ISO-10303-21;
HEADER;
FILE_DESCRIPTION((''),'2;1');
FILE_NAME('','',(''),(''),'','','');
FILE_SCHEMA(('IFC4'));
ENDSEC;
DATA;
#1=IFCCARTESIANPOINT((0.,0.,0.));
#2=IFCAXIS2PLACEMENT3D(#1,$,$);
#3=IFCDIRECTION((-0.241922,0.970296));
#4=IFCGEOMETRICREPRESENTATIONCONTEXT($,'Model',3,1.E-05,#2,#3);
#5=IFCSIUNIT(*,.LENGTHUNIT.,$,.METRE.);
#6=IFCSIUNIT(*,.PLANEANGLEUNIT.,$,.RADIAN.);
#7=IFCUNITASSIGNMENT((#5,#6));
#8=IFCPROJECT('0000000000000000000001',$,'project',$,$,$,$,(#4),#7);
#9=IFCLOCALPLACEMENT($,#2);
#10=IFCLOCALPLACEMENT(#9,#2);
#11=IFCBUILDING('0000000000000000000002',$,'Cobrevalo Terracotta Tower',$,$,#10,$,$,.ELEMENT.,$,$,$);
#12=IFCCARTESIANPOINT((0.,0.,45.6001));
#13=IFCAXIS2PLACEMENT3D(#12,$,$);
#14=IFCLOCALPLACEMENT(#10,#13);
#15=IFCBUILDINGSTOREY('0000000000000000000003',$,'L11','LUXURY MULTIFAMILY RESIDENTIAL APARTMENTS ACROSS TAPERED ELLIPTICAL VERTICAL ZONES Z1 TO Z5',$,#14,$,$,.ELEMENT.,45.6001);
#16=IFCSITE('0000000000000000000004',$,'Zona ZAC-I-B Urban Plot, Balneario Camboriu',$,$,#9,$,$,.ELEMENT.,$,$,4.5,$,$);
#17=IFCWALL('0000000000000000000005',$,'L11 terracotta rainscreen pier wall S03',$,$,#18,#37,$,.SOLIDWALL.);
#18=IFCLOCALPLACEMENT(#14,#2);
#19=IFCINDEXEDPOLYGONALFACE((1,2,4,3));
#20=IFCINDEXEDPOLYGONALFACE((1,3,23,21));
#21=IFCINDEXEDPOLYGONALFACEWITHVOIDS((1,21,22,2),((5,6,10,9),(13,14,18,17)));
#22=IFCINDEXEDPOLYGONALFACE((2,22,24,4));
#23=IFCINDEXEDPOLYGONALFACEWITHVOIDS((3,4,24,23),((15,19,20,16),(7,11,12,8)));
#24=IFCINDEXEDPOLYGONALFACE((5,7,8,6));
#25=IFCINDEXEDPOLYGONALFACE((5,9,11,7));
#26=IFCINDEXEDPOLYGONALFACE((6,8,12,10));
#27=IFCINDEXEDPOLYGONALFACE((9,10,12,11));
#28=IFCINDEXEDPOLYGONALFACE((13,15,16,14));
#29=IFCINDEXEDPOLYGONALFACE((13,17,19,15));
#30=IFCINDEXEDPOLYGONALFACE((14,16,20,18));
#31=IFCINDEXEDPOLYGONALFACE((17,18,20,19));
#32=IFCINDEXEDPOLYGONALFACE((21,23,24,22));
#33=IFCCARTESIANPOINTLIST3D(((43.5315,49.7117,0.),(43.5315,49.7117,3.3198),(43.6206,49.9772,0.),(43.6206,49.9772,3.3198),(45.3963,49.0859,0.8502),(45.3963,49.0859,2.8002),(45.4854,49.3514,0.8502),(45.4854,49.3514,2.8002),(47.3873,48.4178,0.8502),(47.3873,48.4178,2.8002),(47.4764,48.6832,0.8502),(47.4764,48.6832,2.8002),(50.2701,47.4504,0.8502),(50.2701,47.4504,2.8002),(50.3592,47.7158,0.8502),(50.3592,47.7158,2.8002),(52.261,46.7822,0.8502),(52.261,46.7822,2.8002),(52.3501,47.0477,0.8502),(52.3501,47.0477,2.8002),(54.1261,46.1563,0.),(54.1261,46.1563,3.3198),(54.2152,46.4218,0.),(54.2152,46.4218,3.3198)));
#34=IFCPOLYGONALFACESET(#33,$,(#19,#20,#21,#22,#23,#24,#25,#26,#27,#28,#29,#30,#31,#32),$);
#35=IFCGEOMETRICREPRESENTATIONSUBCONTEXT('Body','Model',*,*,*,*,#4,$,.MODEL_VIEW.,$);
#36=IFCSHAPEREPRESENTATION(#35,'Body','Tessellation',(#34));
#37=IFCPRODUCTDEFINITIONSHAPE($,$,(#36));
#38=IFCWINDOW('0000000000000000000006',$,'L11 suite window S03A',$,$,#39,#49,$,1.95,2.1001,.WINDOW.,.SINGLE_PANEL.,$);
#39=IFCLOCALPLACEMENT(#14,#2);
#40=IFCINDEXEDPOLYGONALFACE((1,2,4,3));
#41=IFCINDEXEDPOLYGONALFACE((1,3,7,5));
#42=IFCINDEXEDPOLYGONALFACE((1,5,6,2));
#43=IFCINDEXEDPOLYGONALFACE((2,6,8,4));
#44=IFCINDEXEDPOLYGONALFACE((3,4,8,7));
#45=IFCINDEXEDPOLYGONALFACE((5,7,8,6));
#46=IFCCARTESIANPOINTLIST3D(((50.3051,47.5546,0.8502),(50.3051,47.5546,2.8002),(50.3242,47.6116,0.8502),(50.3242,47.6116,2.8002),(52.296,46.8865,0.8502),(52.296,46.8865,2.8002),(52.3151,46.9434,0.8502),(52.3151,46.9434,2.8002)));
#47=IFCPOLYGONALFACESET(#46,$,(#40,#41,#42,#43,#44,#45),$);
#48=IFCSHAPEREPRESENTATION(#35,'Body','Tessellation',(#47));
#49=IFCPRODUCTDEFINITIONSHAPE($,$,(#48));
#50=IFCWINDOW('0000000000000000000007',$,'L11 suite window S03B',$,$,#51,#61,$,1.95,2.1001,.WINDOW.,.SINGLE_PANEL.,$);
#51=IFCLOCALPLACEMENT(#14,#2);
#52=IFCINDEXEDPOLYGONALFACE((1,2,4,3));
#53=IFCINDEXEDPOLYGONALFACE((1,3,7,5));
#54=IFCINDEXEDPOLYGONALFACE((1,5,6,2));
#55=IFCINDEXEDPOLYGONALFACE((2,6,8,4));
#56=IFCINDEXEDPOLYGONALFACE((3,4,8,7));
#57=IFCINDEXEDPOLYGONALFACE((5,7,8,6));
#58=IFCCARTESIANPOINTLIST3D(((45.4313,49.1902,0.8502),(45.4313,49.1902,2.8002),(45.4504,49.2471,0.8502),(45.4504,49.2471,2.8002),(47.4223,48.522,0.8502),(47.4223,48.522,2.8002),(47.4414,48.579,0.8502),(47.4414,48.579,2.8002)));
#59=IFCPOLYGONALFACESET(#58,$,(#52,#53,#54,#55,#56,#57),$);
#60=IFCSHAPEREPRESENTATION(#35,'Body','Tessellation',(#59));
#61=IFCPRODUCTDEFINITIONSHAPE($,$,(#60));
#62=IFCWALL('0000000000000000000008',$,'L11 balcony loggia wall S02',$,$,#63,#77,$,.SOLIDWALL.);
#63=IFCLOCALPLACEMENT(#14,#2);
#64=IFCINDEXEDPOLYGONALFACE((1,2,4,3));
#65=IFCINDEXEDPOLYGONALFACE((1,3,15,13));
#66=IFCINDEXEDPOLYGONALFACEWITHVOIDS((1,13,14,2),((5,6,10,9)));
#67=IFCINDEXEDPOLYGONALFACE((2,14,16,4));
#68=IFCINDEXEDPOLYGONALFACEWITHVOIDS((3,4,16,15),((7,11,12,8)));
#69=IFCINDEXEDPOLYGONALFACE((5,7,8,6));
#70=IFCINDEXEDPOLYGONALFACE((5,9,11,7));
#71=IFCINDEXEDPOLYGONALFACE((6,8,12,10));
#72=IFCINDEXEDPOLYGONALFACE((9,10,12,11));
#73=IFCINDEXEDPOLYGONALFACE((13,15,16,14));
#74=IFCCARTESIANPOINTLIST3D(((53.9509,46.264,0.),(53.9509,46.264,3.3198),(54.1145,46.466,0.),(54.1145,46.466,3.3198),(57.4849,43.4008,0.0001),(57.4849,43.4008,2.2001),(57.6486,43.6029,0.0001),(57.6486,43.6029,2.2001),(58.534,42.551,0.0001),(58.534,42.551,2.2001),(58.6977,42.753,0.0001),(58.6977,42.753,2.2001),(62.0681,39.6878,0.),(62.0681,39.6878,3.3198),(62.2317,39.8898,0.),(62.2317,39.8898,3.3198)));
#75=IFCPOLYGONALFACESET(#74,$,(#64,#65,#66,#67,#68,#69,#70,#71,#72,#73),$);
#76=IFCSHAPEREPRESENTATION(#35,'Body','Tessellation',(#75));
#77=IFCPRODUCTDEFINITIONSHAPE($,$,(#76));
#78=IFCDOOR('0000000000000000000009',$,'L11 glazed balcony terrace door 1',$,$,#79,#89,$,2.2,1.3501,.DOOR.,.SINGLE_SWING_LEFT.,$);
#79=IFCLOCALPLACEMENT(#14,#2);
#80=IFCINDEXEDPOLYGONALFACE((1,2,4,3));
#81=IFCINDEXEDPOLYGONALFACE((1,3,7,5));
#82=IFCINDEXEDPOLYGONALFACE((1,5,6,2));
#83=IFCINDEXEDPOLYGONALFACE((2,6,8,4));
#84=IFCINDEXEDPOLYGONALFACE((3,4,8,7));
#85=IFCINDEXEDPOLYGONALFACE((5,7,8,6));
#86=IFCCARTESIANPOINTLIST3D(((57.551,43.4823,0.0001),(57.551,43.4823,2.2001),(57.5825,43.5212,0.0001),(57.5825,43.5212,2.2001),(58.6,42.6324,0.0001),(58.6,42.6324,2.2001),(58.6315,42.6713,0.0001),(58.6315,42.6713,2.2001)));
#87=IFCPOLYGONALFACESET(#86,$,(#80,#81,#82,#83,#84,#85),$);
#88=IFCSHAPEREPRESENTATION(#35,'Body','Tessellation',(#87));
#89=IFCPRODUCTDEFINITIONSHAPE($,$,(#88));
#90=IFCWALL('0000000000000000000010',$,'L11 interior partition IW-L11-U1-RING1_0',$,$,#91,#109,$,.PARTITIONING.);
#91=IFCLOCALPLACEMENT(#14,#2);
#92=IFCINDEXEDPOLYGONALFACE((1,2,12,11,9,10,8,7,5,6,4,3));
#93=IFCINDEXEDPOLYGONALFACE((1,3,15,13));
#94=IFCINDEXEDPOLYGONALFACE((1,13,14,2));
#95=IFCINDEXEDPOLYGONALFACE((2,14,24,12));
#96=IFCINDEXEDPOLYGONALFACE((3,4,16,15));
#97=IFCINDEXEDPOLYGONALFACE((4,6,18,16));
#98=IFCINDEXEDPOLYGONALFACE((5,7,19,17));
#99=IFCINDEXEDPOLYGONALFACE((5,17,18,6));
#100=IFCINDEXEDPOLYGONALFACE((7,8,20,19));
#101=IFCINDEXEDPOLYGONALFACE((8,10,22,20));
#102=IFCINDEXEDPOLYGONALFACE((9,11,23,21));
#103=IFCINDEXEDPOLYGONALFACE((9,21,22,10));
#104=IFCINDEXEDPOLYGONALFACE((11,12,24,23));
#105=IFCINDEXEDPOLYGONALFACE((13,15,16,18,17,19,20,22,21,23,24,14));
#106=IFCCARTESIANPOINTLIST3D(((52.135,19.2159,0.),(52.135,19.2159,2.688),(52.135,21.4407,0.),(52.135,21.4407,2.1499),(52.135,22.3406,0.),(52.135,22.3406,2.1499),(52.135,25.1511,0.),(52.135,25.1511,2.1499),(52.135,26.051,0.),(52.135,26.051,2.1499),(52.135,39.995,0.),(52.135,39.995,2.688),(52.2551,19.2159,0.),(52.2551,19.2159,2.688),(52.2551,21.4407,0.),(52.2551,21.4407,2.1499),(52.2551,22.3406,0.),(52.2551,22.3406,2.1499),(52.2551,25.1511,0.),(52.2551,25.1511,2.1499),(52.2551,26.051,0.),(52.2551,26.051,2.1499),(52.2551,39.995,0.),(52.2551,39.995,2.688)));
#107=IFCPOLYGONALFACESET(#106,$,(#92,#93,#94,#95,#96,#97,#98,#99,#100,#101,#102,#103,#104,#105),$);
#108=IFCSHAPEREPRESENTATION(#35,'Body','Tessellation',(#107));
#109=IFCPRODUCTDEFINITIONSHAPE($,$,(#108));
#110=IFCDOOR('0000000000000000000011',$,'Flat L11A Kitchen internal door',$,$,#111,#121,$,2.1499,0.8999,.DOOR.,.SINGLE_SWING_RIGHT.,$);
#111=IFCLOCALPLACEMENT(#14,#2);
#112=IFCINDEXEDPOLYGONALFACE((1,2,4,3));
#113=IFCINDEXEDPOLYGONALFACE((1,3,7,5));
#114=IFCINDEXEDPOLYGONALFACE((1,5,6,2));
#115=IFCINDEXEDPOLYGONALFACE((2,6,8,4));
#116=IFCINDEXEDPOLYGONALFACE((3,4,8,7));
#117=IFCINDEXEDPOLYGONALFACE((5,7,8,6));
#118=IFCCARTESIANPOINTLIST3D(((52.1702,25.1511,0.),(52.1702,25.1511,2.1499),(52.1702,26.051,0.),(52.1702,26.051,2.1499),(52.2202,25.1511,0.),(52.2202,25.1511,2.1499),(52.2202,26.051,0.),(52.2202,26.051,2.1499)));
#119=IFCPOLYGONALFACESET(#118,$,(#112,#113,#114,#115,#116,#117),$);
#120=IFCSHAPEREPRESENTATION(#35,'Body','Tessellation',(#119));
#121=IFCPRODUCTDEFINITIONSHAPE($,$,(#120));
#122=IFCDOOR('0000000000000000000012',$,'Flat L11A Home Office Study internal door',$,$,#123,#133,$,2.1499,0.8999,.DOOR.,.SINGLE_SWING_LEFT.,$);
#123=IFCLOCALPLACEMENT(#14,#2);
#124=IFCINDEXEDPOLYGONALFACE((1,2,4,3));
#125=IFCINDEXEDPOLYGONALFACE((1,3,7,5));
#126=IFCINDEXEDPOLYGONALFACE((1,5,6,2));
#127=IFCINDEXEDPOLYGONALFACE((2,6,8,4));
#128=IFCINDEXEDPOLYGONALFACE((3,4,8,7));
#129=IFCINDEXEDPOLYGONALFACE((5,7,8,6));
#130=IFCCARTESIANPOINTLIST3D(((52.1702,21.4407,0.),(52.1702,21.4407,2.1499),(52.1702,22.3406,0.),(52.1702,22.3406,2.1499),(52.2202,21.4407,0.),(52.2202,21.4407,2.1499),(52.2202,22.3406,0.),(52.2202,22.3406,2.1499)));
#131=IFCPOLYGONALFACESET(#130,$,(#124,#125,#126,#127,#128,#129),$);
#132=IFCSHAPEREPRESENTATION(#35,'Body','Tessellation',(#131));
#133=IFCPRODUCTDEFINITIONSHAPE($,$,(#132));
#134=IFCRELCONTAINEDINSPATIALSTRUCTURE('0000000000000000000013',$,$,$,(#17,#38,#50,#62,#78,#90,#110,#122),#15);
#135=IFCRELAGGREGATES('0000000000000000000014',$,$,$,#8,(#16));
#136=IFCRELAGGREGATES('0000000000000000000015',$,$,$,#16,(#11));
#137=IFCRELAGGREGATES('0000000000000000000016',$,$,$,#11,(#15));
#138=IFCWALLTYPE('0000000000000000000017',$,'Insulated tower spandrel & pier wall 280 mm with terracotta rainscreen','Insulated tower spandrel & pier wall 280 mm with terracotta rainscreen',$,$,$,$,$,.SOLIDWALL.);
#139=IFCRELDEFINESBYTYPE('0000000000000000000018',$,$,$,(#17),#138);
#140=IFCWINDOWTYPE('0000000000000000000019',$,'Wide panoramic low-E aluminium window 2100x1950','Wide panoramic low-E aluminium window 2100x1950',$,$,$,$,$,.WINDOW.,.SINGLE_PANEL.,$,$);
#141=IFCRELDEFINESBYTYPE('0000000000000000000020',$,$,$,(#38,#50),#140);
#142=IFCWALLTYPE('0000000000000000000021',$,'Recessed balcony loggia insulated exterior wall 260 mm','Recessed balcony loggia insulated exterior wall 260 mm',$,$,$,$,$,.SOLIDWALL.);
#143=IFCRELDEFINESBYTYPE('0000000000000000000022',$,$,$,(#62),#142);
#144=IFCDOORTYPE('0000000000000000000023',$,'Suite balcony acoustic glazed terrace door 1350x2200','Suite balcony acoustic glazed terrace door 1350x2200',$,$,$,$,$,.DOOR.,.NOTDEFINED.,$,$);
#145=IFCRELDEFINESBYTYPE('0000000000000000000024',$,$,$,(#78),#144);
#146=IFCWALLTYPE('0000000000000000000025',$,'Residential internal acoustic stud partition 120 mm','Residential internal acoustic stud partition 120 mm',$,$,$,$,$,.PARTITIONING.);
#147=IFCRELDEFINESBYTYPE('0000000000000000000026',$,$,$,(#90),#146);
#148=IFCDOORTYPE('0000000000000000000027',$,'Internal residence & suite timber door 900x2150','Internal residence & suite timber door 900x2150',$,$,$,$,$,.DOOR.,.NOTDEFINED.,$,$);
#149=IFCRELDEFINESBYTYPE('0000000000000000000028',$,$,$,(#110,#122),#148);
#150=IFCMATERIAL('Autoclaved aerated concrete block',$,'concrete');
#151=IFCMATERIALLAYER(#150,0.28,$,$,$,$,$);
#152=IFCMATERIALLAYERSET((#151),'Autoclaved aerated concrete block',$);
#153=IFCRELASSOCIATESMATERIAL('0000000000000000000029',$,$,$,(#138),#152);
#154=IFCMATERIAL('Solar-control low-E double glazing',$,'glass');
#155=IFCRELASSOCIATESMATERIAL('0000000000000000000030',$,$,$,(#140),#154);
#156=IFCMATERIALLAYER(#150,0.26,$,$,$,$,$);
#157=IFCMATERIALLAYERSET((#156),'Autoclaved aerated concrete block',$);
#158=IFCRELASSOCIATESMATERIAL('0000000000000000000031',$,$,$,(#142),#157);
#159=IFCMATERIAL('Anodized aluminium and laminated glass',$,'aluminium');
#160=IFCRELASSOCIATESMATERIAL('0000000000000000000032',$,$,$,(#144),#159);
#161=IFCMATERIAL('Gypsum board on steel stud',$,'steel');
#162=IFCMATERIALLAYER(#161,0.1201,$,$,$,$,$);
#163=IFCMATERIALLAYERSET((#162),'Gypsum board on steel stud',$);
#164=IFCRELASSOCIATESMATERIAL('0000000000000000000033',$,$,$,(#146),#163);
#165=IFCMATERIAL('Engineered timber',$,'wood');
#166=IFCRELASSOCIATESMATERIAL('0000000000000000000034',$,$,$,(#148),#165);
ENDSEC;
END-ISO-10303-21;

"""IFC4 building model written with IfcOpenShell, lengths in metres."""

from ifc_helpers import new_model, si_unit, direction, frame, frame_2d, origin, place, context, subcontext, project, spatial, rectangle, extrude, source, transform, mapped, material, layer, layer_set, type_object, element, fill, save


model = new_model("IFC4")

# Units and contexts
model_context = context("Model", 3, precision=1e-05, world=origin(), true_north=direction((-0.241922, 0.970296)))
body_context = subcontext(model_context, "Body", "Model", "MODEL_VIEW")
ifc_project = project(units=[si_unit("LENGTHUNIT", "METRE"), si_unit("PLANEANGLEUNIT", "RADIAN")], contexts=[model_context])

# Site, building, storey
site_placement = place(None, origin())
site = spatial("IfcSite", under=ifc_project, at=site_placement, Name="Zona ZAC-I-B Urban Plot, Balneario Camboriu", CompositionType="ELEMENT", RefElevation=4.5)
building_placement = place(site_placement, origin())
building = spatial("IfcBuilding", under=site, at=building_placement, Name="Cobrevalo Terracotta Tower", CompositionType="ELEMENT")
storey_placement = place(building_placement, frame((0.0, 0.0, 45.6001)))
storey = spatial("IfcBuildingStorey", under=building, at=storey_placement, Name="L11", Description="LUXURY MULTIFAMILY RESIDENTIAL APARTMENTS ACROSS TAPERED ELLIPTICAL VERTICAL ZONES Z1 TO Z5", CompositionType="ELEMENT", Elevation=45.6001)

# Shared definitions
ifc_material_1 = material(Name="Solar-control low-E double glazing", Category="glass")

# Wall, openings, windows
ifc_material_2 = material(Name="Autoclaved aerated concrete block", Category="concrete")
ifc_layer_1 = layer(ifc_material_2, 0.28)
ifc_layer_set_1 = layer_set([ifc_layer_1], Name="Autoclaved aerated concrete block")
wall_type_1 = type_object("IfcWallType", Name="Insulated tower spandrel & pier wall 280 mm with terracotta rainscreen", Description="Insulated tower spandrel & pier wall 280 mm with terracotta rainscreen", PredefinedType="SOLIDWALL", material=ifc_layer_set_1)
wall_1_placement = place(storey_placement, frame((54.1707, 46.2891, 0.0), z_axis=(0.0, 0.0, 1.0), x_axis=(-0.948041, 0.318147, 0.0)))
wall_1 = element("IfcWall", 1, at=wall_1_placement, inside=storey, type_object=wall_type_1, Name="L11 terracotta rainscreen pier wall S03", PredefinedType="SOLIDWALL", context=body_context, shape_type="SweptSolid", body=[
    extrude(rectangle(XDim=11.1753, YDim=0.28, at=frame_2d((5.5876, 0.0))), origin(), (0.0, 0.0, 1.0), 3.3198),
])
opening_1_placement = place(wall_1_placement, frame((1.9673, 0.0, 0.8501)))
opening_1 = element("IfcOpeningElement", 2, at=opening_1_placement, cuts=wall_1, PredefinedType="OPENING", context=body_context, shape_type="SweptSolid", body=[
    extrude(rectangle(XDim=2.1001, YDim=1.95, at=frame_2d((1.05, 0.9751))), frame((0.0, 0.1499, 0.0), z_axis=(0.0, -1.0, 0.0), x_axis=(1.0, 0.0, 0.0)), (0.0, 0.0, 1.0), 0.3),
])
opening_2_placement = place(wall_1_placement, frame((7.1082, 0.0, 0.8501)))
opening_2 = element("IfcOpeningElement", 3, at=opening_2_placement, cuts=wall_1, PredefinedType="OPENING", context=body_context, shape_type="SweptSolid", body=[
    extrude(rectangle(XDim=2.1001, YDim=1.95, at=frame_2d((1.05, 0.9751))), frame((0.0, 0.1499, 0.0), z_axis=(0.0, -1.0, 0.0), x_axis=(1.0, 0.0, 0.0)), (0.0, 0.0, 1.0), 0.3),
])
window_type = type_object("IfcWindowType", Name="Wide panoramic low-E aluminium window 2100x1950", Description="Wide panoramic low-E aluminium window 2100x1950", PartitioningType="SINGLE_PANEL", PredefinedType="WINDOW", material=ifc_material_1)
shared_shape_1 = source(origin(), body_context, "Body", "SweptSolid", [
    extrude(rectangle(XDim=2.1001, YDim=1.95, at=frame_2d((1.05, 0.9751))), frame((0.0, 0.03, 0.0), z_axis=(0.0, -1.0, 0.0), x_axis=(1.0, 0.0, 0.0)), (0.0, 0.0, 1.0), 0.0601),
])
window_1_placement = place(opening_1_placement, origin())
window_1 = element("IfcWindow", 4, at=window_1_placement, inside=storey, type_object=window_type, Name="L11 suite window S03A", OverallHeight=1.95, OverallWidth=2.1001, PartitioningType="SINGLE_PANEL", PredefinedType="WINDOW", context=body_context, shape_type="MappedRepresentation", body=[
    mapped(shared_shape_1, transform((0.0, 0.0, 0.0), scale=1.0)),
])
fill(opening_1, window_1)
window_2_placement = place(opening_2_placement, origin())
window_2 = element("IfcWindow", 5, at=window_2_placement, inside=storey, type_object=window_type, Name="L11 suite window S03B", OverallHeight=1.95, OverallWidth=2.1001, PartitioningType="SINGLE_PANEL", PredefinedType="WINDOW", context=body_context, shape_type="MappedRepresentation", body=[
    mapped(shared_shape_1, transform((0.0, 0.0, 0.0), scale=1.0)),
])
fill(opening_2, window_2)

# Wall, opening, door
ifc_layer_2 = layer(ifc_material_2, 0.26)
ifc_layer_set_2 = layer_set([ifc_layer_2], Name="Autoclaved aerated concrete block")
wall_type_2 = type_object("IfcWallType", Name="Recessed balcony loggia insulated exterior wall 260 mm", Description="Recessed balcony loggia insulated exterior wall 260 mm", PredefinedType="SOLIDWALL", material=ifc_layer_set_2)
wall_2_placement = place(storey_placement, frame((62.1499, 39.7888, 0.0), z_axis=(0.0, 0.0, 1.0), x_axis=(-0.777005, 0.629494, 0.0)))
wall_2 = element("IfcWall", 6, at=wall_2_placement, inside=storey, type_object=wall_type_2, Name="L11 balcony loggia wall S02", PredefinedType="SOLIDWALL", context=body_context, shape_type="SweptSolid", body=[
    extrude(rectangle(XDim=10.4468, YDim=0.26, at=frame_2d((5.2234, 0.0))), origin(), (0.0, 0.0, 1.0), 3.3198),
])
opening_3_placement = place(wall_2_placement, frame((4.5483, 0.0, 0.0)))
opening_3 = element("IfcOpeningElement", 7, at=opening_3_placement, cuts=wall_2, PredefinedType="OPENING", context=body_context, shape_type="SweptSolid", body=[
    extrude(rectangle(XDim=1.3501, YDim=2.2, at=frame_2d((0.675, 1.1001))), frame((0.0, 0.1401, 0.0), z_axis=(0.0, -1.0, 0.0), x_axis=(1.0, 0.0, 0.0)), (0.0, 0.0, 1.0), 0.28),
])
ifc_material_3 = material(Name="Anodized aluminium and laminated glass", Category="aluminium")
door_type_1 = type_object("IfcDoorType", Name="Suite balcony acoustic glazed terrace door 1350x2200", Description="Suite balcony acoustic glazed terrace door 1350x2200", OperationType="NOTDEFINED", PredefinedType="DOOR", material=ifc_material_3)
shared_shape_2 = source(origin(), body_context, "Body", "SweptSolid", [
    extrude(rectangle(XDim=1.3501, YDim=2.2, at=frame_2d((0.675, 1.1001))), frame((0.0, 0.0249, 0.0), z_axis=(0.0, -1.0, 0.0), x_axis=(1.0, 0.0, 0.0)), (0.0, 0.0, 1.0), 0.05),
])
door_1_placement = place(opening_3_placement, frame((1.3501, 0.0, 0.0), z_axis=(0.0, 0.0, 1.0), x_axis=(-1.0, 0.0, 0.0)))
door_1 = element("IfcDoor", 8, at=door_1_placement, inside=storey, type_object=door_type_1, Name="L11 glazed balcony terrace door 1", OperationType="SINGLE_SWING_LEFT", OverallHeight=2.2, OverallWidth=1.3501, PredefinedType="DOOR", context=body_context, shape_type="MappedRepresentation", body=[
    mapped(shared_shape_2, transform((0.0, 0.0, 0.0), scale=1.0)),
])
fill(opening_3, door_1)

# Wall, openings, doors
ifc_material_4 = material(Name="Gypsum board on steel stud", Category="steel")
ifc_layer_3 = layer(ifc_material_4, 0.1201)
ifc_layer_set_3 = layer_set([ifc_layer_3], Name="Gypsum board on steel stud")
wall_type_3 = type_object("IfcWallType", Name="Residential internal acoustic stud partition 120 mm", Description="Residential internal acoustic stud partition 120 mm", PredefinedType="PARTITIONING", material=ifc_layer_set_3)
wall_3_placement = place(storey_placement, frame((52.1951, 39.9951, 0.0), z_axis=(0.0, 0.0, 1.0), x_axis=(0.0, -1.0, 0.0)))
wall_3 = element("IfcWall", 9, at=wall_3_placement, inside=storey, type_object=wall_type_3, Name="L11 interior partition IW-L11-U1-RING1_0", PredefinedType="PARTITIONING", context=body_context, shape_type="SweptSolid", body=[
    extrude(rectangle(XDim=20.7791, YDim=0.1201, at=frame_2d((10.3896, 0.0))), origin(), (0.0, 0.0, 1.0), 2.688),
])
opening_4_placement = place(wall_3_placement, frame((13.9441, 0.0, 0.0)))
opening_4 = element("IfcOpeningElement", 10, at=opening_4_placement, cuts=wall_3, PredefinedType="OPENING", context=body_context, shape_type="SweptSolid", body=[
    extrude(rectangle(XDim=0.8999, YDim=2.1499, at=frame_2d((0.45, 1.075))), frame((0.0, 0.0701, 0.0), z_axis=(0.0, -1.0, 0.0), x_axis=(1.0, 0.0, 0.0)), (0.0, 0.0, 1.0), 0.1401),
])
opening_5_placement = place(wall_3_placement, frame((17.6545, 0.0, 0.0)))
opening_5 = element("IfcOpeningElement", 11, at=opening_5_placement, cuts=wall_3, PredefinedType="OPENING", context=body_context, shape_type="SweptSolid", body=[
    extrude(rectangle(XDim=0.8999, YDim=2.1499, at=frame_2d((0.45, 1.075))), frame((0.0, 0.0701, 0.0), z_axis=(0.0, -1.0, 0.0), x_axis=(1.0, 0.0, 0.0)), (0.0, 0.0, 1.0), 0.1401),
])
ifc_material_5 = material(Name="Engineered timber", Category="wood")
door_type_2 = type_object("IfcDoorType", Name="Internal residence & suite timber door 900x2150", Description="Internal residence & suite timber door 900x2150", OperationType="NOTDEFINED", PredefinedType="DOOR", material=ifc_material_5)
shared_shape_3 = source(origin(), body_context, "Body", "SweptSolid", [
    extrude(rectangle(XDim=0.8999, YDim=2.1499, at=frame_2d((0.45, 1.075))), frame((0.0, 0.0249, 0.0), z_axis=(0.0, -1.0, 0.0), x_axis=(1.0, 0.0, 0.0)), (0.0, 0.0, 1.0), 0.05),
])
door_2_placement = place(opening_4_placement, frame((0.8999, 0.0, 0.0), z_axis=(0.0, 0.0, 1.0), x_axis=(-1.0, 0.0, 0.0)))
door_2 = element("IfcDoor", 12, at=door_2_placement, inside=storey, type_object=door_type_2, Name="Flat L11A Kitchen internal door", OperationType="SINGLE_SWING_RIGHT", OverallHeight=2.1499, OverallWidth=0.8999, PredefinedType="DOOR", context=body_context, shape_type="MappedRepresentation", body=[
    mapped(shared_shape_3, transform((0.0, 0.0, 0.0), scale=1.0)),
])
fill(opening_4, door_2)
door_3_placement = place(opening_5_placement, frame((0.8999, 0.0, 0.0), z_axis=(0.0, 0.0, 1.0), x_axis=(-1.0, 0.0, 0.0)))
door_3 = element("IfcDoor", 13, at=door_3_placement, inside=storey, type_object=door_type_2, Name="Flat L11A Home Office Study internal door", OperationType="SINGLE_SWING_LEFT", OverallHeight=2.1499, OverallWidth=0.8999, PredefinedType="DOOR", context=body_context, shape_type="MappedRepresentation", body=[
    mapped(shared_shape_3, transform((0.0, 0.0, 0.0), scale=1.0)),
])
fill(opening_5, door_3)

save(model, "model.ifc")
